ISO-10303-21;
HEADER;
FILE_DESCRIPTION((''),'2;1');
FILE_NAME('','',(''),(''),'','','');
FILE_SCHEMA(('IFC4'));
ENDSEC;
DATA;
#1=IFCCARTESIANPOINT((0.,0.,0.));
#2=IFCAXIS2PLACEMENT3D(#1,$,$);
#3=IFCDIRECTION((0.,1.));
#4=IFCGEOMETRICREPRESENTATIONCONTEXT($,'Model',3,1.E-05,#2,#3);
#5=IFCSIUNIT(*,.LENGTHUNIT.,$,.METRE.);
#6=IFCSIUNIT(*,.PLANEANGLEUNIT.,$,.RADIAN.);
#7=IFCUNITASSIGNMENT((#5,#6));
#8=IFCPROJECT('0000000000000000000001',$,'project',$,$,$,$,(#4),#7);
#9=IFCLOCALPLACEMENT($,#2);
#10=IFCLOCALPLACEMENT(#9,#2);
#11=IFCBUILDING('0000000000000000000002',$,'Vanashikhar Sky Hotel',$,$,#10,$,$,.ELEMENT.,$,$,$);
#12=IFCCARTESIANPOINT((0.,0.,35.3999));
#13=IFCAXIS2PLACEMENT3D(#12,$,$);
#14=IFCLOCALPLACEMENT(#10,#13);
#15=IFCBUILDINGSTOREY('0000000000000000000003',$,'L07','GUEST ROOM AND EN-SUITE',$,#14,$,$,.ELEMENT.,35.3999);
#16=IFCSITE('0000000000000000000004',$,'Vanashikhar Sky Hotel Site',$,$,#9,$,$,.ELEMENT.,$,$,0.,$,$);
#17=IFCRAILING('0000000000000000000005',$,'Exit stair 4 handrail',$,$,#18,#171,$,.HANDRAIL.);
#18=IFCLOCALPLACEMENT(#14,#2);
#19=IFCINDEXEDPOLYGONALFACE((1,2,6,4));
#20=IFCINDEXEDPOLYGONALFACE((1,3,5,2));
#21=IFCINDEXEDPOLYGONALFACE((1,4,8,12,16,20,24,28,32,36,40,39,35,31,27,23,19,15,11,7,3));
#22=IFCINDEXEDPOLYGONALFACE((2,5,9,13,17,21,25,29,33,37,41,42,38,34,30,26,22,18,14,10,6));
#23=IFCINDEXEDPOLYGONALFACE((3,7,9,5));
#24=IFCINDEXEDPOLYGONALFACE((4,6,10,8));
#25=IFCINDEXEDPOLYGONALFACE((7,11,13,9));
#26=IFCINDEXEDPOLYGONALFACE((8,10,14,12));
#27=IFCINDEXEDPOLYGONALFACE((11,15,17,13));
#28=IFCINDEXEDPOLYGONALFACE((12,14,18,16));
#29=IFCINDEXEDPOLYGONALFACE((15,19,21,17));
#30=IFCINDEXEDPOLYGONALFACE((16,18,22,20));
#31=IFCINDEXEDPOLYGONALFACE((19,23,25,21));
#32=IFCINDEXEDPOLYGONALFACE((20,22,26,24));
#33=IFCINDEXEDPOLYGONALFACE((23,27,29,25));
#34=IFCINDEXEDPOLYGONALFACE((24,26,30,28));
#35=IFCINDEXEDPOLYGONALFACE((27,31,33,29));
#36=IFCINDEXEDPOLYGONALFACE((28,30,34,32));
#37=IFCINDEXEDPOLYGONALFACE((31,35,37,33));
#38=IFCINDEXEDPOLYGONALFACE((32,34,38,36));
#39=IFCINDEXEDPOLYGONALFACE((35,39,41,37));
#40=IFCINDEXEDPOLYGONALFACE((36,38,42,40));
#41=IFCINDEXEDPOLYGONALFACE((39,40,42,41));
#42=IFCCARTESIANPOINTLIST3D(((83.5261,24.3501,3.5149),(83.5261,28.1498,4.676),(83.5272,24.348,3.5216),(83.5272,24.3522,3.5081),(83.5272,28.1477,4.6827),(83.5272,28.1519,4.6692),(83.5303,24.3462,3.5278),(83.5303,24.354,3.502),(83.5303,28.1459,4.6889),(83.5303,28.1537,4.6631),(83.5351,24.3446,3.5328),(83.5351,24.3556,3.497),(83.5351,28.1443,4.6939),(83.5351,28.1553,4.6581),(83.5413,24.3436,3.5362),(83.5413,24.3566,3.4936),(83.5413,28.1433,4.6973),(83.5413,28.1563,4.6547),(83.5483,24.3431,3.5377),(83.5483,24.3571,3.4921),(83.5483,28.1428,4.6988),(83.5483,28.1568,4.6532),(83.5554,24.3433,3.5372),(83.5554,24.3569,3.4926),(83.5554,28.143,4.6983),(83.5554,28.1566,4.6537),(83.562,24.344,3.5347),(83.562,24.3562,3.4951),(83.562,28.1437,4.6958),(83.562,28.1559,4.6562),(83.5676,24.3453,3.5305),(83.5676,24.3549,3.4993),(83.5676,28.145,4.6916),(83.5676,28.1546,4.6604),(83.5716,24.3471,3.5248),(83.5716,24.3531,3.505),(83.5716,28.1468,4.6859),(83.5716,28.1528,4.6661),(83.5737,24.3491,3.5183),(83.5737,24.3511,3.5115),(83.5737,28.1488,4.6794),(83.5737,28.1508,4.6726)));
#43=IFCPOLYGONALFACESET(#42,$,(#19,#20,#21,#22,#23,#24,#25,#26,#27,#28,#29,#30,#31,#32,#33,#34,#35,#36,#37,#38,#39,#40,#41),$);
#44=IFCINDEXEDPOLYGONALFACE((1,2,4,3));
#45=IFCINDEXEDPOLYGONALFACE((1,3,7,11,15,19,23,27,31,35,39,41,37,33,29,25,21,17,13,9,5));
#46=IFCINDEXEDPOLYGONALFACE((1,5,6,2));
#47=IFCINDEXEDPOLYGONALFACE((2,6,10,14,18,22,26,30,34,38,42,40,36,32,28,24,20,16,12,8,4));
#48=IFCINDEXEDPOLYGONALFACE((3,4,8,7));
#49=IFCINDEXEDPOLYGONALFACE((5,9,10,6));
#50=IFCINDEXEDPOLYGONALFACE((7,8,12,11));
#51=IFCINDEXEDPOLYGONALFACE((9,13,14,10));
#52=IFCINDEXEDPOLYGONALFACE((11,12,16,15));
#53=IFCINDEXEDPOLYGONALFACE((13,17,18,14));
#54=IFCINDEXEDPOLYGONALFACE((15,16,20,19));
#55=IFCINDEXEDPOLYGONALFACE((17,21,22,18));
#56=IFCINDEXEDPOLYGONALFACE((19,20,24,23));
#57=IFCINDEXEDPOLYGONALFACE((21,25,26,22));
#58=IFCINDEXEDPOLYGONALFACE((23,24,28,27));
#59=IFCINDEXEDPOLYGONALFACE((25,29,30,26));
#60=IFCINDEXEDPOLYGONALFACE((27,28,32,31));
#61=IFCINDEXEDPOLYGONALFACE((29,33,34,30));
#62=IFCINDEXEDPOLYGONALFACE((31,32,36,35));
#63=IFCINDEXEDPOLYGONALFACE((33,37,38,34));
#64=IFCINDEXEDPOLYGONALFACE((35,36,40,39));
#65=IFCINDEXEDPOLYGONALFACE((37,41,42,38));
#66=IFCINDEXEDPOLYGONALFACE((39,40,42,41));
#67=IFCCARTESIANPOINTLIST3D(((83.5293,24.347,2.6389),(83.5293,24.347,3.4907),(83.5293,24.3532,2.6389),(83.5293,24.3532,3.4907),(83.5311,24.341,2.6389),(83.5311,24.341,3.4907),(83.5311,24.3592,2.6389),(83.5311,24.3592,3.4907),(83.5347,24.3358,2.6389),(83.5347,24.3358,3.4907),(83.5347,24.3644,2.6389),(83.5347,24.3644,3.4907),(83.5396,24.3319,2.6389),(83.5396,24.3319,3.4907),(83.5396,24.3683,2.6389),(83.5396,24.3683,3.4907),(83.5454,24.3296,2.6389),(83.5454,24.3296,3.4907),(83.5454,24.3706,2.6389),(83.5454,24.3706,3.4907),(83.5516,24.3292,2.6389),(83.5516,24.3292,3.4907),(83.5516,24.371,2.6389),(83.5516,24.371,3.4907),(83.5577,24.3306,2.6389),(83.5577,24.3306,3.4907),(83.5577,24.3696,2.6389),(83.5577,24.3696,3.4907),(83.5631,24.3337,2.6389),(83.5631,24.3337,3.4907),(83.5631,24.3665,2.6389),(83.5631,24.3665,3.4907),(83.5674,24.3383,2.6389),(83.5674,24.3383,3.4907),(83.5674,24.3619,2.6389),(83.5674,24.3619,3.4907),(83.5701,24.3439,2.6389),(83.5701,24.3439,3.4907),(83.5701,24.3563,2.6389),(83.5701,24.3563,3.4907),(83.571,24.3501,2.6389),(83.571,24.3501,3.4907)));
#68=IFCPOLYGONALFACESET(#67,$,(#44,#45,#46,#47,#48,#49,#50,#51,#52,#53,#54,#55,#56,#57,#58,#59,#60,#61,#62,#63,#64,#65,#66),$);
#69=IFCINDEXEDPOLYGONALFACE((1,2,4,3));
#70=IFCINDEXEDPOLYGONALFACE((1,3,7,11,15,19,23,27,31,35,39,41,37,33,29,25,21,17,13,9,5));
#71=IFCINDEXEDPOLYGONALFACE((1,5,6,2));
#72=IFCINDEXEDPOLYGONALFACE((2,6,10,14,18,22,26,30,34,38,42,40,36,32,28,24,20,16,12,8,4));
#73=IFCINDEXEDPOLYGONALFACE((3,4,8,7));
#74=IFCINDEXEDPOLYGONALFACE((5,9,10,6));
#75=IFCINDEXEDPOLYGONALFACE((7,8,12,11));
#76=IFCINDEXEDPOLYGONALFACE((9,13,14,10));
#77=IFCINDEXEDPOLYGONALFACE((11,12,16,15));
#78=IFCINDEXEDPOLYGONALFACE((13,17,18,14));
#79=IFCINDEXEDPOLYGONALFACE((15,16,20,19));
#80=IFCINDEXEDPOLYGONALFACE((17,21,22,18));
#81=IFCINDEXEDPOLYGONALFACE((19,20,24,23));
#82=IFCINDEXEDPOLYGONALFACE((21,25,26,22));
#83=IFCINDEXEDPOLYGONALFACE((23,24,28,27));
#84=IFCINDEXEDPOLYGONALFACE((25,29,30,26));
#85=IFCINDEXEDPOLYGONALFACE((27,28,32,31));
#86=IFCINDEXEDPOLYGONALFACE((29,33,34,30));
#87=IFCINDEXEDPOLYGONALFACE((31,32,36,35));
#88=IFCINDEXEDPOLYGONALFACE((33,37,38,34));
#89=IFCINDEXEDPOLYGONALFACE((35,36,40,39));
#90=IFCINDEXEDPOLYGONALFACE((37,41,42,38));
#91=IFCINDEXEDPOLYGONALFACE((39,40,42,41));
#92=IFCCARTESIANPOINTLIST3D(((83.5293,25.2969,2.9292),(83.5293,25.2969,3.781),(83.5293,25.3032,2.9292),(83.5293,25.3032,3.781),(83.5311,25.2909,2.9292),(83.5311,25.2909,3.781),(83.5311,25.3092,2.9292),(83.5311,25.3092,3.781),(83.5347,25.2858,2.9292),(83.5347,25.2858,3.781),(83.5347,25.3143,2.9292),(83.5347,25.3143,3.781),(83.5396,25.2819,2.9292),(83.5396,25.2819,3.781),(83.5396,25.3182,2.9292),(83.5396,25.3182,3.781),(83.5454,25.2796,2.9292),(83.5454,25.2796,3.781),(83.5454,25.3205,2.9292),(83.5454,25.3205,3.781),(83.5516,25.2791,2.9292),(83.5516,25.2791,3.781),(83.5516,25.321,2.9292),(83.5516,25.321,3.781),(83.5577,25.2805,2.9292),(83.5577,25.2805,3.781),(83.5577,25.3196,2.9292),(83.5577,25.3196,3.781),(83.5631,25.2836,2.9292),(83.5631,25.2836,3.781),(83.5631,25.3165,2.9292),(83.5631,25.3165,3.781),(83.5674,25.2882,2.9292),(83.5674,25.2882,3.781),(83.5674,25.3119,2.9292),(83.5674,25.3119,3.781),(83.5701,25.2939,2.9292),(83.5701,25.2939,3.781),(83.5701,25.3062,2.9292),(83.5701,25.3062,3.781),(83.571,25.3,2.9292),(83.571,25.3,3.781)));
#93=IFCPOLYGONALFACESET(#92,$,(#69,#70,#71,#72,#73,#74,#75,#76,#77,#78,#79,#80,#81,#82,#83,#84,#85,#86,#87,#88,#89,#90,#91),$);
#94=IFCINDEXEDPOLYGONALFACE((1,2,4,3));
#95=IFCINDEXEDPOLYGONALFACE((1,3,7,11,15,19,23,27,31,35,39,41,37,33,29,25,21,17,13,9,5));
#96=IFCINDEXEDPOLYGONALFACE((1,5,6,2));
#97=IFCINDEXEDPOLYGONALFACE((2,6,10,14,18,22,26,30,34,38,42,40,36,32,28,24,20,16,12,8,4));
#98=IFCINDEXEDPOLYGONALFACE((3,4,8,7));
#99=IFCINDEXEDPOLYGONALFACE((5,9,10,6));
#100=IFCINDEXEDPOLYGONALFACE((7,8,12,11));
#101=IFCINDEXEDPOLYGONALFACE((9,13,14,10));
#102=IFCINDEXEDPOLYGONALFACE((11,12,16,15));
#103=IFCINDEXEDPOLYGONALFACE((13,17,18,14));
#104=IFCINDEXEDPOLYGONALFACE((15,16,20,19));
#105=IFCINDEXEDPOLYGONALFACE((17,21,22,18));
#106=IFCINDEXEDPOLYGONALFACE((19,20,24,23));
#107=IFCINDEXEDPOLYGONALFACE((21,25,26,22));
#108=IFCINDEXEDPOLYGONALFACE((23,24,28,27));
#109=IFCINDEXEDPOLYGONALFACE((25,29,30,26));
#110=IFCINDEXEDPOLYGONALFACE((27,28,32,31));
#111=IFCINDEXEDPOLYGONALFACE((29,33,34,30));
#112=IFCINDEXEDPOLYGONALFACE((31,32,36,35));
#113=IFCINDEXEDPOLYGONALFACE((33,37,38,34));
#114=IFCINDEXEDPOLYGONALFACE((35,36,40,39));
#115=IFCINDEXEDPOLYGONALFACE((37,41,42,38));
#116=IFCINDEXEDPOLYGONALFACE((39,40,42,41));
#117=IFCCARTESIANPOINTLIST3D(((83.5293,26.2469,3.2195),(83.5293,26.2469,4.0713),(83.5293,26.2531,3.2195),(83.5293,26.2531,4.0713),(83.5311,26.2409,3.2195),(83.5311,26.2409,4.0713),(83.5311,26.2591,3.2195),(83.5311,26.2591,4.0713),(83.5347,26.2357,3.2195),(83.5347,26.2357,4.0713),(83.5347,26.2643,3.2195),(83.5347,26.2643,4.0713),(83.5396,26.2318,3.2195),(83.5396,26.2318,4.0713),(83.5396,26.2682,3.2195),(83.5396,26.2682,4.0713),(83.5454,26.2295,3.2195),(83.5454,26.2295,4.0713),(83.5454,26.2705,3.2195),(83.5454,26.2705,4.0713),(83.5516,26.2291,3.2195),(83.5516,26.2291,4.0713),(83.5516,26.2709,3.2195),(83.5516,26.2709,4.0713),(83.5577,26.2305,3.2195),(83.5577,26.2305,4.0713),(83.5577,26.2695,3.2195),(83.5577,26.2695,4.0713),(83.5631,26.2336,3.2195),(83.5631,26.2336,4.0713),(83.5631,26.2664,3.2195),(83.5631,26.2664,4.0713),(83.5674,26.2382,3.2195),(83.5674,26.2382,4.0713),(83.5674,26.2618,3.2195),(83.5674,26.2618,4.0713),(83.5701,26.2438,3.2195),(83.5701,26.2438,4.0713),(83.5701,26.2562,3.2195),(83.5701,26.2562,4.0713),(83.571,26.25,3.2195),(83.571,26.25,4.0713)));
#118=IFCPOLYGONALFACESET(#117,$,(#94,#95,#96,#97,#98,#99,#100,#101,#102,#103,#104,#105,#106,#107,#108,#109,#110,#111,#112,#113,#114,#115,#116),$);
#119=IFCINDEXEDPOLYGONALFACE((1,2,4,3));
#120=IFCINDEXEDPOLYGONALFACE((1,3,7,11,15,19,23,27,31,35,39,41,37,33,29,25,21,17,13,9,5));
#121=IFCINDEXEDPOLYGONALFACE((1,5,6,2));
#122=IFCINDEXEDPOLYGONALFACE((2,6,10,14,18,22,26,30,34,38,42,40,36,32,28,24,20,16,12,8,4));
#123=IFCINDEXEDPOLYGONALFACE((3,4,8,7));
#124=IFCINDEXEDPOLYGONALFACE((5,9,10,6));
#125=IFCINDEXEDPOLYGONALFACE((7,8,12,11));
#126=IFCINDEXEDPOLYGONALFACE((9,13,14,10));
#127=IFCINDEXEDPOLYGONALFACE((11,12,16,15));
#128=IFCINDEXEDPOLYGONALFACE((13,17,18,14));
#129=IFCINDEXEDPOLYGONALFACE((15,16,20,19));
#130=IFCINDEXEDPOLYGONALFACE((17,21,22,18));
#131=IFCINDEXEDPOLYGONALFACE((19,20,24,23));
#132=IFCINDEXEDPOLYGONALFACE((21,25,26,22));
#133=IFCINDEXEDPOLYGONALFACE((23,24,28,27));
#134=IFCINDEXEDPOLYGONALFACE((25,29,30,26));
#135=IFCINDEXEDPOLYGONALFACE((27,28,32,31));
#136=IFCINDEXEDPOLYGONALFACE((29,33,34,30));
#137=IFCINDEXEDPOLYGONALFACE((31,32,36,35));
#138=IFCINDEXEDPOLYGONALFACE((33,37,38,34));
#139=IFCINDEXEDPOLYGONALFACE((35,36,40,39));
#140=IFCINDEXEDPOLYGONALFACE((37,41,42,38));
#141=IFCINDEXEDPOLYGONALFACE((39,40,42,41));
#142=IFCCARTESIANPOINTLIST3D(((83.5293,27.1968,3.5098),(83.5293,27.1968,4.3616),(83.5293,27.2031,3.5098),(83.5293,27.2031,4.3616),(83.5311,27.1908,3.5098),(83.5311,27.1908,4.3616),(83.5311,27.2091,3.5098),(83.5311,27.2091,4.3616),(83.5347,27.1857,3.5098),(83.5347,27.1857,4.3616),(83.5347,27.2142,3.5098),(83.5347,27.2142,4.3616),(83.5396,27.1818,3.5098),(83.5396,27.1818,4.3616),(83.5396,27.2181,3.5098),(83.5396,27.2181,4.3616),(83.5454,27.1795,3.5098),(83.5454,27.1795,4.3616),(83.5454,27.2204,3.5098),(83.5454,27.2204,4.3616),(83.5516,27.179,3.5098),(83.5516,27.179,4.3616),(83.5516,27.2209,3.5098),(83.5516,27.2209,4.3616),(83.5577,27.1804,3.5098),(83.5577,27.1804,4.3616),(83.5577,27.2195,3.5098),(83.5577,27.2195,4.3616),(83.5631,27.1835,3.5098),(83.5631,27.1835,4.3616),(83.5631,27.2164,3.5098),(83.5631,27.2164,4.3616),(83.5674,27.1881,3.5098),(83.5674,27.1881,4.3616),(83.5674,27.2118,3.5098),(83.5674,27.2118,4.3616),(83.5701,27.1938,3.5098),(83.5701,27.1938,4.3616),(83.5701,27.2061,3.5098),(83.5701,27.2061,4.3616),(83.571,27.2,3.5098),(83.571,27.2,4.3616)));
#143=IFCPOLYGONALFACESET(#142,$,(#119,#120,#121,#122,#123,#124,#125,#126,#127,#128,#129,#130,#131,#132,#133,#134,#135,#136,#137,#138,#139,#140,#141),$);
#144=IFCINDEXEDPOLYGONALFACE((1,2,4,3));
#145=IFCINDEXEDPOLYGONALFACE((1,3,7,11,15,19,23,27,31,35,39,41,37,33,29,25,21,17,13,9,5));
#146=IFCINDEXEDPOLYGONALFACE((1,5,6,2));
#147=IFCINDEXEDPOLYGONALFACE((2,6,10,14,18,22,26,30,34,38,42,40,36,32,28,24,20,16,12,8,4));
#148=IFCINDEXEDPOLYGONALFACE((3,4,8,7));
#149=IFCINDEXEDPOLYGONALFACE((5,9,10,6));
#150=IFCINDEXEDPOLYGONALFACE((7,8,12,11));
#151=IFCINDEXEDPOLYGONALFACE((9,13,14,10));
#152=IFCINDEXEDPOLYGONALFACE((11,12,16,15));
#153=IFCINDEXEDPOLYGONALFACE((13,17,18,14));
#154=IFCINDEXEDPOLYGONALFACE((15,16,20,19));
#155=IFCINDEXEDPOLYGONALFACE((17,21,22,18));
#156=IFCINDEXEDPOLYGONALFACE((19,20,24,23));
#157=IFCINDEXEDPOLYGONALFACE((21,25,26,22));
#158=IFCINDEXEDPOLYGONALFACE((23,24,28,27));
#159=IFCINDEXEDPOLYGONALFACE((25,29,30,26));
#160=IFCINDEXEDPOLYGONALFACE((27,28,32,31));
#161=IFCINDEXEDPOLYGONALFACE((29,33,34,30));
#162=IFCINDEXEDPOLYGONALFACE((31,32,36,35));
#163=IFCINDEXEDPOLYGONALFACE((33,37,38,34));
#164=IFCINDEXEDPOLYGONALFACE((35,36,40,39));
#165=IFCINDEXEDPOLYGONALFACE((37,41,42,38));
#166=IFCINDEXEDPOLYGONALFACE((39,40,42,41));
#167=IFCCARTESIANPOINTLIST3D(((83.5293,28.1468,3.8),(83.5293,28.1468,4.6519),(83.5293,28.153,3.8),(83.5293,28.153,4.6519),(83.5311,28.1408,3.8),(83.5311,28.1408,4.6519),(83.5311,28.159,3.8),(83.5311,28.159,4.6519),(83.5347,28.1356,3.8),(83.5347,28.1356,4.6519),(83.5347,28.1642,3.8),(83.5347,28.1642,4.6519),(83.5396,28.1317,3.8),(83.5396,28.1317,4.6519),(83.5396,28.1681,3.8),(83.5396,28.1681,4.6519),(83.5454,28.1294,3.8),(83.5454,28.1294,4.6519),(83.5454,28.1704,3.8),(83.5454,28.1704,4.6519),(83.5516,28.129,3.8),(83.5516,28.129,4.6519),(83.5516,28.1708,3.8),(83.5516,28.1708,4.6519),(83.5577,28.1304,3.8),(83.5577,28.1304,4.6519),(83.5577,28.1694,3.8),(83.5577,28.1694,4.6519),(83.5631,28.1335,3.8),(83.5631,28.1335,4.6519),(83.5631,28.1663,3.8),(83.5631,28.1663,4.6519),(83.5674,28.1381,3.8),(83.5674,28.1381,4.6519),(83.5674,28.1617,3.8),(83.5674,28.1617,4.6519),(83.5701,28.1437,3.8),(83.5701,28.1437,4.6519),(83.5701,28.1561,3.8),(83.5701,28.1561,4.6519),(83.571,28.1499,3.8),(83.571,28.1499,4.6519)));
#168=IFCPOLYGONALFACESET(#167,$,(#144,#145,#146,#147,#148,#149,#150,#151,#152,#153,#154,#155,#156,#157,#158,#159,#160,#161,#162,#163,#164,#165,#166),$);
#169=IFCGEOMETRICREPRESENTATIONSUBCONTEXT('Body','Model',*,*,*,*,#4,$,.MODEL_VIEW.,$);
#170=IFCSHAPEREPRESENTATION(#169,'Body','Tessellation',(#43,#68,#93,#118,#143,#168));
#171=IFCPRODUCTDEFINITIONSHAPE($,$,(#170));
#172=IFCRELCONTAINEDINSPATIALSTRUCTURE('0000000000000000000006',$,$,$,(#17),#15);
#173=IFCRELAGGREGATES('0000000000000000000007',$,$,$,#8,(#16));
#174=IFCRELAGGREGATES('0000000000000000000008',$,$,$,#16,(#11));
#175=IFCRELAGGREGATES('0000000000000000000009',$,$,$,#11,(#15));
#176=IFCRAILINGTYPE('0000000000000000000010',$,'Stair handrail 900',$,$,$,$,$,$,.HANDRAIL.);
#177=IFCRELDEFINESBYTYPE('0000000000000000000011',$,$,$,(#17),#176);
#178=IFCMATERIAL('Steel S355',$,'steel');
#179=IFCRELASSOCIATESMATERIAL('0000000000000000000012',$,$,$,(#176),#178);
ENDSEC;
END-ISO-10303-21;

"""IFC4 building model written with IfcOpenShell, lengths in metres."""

from ifc_helpers import new_model, si_unit, direction, frame, origin, origin_2d, place, context, subcontext, project, spatial, circle, extrude, source, transform, mapped, material, type_object, element, save


model = new_model("IFC4")

# Units and contexts
model_context = context("Model", 3, precision=1e-05, world=origin(), true_north=direction((0.0, 1.0)))
body_context = subcontext(model_context, "Body", "Model", "MODEL_VIEW")
ifc_project = project(units=[si_unit("LENGTHUNIT", "METRE"), si_unit("PLANEANGLEUNIT", "RADIAN")], contexts=[model_context])

# Site, building, storey
site_placement = place(None, origin())
site = spatial("IfcSite", under=ifc_project, at=site_placement, Name="Vanashikhar Sky Hotel Site", CompositionType="ELEMENT", RefElevation=0.0)
building_placement = place(site_placement, origin())
building = spatial("IfcBuilding", under=site, at=building_placement, Name="Vanashikhar Sky Hotel", CompositionType="ELEMENT")
storey_placement = place(building_placement, frame((0.0, 0.0, 35.3999)))
storey = spatial("IfcBuildingStorey", under=building, at=storey_placement, Name="L07", Description="GUEST ROOM AND EN-SUITE", CompositionType="ELEMENT", Elevation=35.3999)

# Railing
ifc_material_1 = material(Name="Steel S355", Category="steel")
railing_type_1 = type_object("IfcRailingType", Name="Stair handrail 900", PredefinedType="HANDRAIL", material=ifc_material_1)
shared_shape_1 = source(origin(), body_context, "Body", "SweptSolid", [
    extrude(circle(Radius=0.0239, at=origin_2d()), frame((0.0, 0.0, 0.876), z_axis=(0.0, 0.956346, 0.292237), x_axis=(-1.0, 0.0, 0.0)), (0.0, 0.0, 1.0), 3.9731),
    extrude(circle(Radius=0.021, at=origin_2d()), origin(), (0.0, 0.0, 1.0), 0.8518),
    extrude(circle(Radius=0.021, at=origin_2d()), frame((0.0, 0.95, 0.2903)), (0.0, 0.0, 1.0), 0.8518),
    extrude(circle(Radius=0.021, at=origin_2d()), frame((0.0, 1.8999, 0.5806)), (0.0, 0.0, 1.0), 0.8518),
    extrude(circle(Radius=0.021, at=origin_2d()), frame((0.0, 2.8499, 0.8708)), (0.0, 0.0, 1.0), 0.8518),
    extrude(circle(Radius=0.021, at=origin_2d()), frame((0.0, 3.7998, 1.1611)), (0.0, 0.0, 1.0), 0.8518),
])
for number, where, name in (
    (1, (83.55, 24.3501, 2.6389), "Exit stair 4 handrail"),
):
    element("IfcRailing", number, at=place(storey_placement, frame(where)), inside=storey, type_object=railing_type_1, Name=name, PredefinedType="HANDRAIL", context=body_context, shape_type="MappedRepresentation", body=[
        mapped(shared_shape_1, transform((0.0, 0.0, 0.0), scale=1.0)),
    ])

save(model, "model.ifc")
